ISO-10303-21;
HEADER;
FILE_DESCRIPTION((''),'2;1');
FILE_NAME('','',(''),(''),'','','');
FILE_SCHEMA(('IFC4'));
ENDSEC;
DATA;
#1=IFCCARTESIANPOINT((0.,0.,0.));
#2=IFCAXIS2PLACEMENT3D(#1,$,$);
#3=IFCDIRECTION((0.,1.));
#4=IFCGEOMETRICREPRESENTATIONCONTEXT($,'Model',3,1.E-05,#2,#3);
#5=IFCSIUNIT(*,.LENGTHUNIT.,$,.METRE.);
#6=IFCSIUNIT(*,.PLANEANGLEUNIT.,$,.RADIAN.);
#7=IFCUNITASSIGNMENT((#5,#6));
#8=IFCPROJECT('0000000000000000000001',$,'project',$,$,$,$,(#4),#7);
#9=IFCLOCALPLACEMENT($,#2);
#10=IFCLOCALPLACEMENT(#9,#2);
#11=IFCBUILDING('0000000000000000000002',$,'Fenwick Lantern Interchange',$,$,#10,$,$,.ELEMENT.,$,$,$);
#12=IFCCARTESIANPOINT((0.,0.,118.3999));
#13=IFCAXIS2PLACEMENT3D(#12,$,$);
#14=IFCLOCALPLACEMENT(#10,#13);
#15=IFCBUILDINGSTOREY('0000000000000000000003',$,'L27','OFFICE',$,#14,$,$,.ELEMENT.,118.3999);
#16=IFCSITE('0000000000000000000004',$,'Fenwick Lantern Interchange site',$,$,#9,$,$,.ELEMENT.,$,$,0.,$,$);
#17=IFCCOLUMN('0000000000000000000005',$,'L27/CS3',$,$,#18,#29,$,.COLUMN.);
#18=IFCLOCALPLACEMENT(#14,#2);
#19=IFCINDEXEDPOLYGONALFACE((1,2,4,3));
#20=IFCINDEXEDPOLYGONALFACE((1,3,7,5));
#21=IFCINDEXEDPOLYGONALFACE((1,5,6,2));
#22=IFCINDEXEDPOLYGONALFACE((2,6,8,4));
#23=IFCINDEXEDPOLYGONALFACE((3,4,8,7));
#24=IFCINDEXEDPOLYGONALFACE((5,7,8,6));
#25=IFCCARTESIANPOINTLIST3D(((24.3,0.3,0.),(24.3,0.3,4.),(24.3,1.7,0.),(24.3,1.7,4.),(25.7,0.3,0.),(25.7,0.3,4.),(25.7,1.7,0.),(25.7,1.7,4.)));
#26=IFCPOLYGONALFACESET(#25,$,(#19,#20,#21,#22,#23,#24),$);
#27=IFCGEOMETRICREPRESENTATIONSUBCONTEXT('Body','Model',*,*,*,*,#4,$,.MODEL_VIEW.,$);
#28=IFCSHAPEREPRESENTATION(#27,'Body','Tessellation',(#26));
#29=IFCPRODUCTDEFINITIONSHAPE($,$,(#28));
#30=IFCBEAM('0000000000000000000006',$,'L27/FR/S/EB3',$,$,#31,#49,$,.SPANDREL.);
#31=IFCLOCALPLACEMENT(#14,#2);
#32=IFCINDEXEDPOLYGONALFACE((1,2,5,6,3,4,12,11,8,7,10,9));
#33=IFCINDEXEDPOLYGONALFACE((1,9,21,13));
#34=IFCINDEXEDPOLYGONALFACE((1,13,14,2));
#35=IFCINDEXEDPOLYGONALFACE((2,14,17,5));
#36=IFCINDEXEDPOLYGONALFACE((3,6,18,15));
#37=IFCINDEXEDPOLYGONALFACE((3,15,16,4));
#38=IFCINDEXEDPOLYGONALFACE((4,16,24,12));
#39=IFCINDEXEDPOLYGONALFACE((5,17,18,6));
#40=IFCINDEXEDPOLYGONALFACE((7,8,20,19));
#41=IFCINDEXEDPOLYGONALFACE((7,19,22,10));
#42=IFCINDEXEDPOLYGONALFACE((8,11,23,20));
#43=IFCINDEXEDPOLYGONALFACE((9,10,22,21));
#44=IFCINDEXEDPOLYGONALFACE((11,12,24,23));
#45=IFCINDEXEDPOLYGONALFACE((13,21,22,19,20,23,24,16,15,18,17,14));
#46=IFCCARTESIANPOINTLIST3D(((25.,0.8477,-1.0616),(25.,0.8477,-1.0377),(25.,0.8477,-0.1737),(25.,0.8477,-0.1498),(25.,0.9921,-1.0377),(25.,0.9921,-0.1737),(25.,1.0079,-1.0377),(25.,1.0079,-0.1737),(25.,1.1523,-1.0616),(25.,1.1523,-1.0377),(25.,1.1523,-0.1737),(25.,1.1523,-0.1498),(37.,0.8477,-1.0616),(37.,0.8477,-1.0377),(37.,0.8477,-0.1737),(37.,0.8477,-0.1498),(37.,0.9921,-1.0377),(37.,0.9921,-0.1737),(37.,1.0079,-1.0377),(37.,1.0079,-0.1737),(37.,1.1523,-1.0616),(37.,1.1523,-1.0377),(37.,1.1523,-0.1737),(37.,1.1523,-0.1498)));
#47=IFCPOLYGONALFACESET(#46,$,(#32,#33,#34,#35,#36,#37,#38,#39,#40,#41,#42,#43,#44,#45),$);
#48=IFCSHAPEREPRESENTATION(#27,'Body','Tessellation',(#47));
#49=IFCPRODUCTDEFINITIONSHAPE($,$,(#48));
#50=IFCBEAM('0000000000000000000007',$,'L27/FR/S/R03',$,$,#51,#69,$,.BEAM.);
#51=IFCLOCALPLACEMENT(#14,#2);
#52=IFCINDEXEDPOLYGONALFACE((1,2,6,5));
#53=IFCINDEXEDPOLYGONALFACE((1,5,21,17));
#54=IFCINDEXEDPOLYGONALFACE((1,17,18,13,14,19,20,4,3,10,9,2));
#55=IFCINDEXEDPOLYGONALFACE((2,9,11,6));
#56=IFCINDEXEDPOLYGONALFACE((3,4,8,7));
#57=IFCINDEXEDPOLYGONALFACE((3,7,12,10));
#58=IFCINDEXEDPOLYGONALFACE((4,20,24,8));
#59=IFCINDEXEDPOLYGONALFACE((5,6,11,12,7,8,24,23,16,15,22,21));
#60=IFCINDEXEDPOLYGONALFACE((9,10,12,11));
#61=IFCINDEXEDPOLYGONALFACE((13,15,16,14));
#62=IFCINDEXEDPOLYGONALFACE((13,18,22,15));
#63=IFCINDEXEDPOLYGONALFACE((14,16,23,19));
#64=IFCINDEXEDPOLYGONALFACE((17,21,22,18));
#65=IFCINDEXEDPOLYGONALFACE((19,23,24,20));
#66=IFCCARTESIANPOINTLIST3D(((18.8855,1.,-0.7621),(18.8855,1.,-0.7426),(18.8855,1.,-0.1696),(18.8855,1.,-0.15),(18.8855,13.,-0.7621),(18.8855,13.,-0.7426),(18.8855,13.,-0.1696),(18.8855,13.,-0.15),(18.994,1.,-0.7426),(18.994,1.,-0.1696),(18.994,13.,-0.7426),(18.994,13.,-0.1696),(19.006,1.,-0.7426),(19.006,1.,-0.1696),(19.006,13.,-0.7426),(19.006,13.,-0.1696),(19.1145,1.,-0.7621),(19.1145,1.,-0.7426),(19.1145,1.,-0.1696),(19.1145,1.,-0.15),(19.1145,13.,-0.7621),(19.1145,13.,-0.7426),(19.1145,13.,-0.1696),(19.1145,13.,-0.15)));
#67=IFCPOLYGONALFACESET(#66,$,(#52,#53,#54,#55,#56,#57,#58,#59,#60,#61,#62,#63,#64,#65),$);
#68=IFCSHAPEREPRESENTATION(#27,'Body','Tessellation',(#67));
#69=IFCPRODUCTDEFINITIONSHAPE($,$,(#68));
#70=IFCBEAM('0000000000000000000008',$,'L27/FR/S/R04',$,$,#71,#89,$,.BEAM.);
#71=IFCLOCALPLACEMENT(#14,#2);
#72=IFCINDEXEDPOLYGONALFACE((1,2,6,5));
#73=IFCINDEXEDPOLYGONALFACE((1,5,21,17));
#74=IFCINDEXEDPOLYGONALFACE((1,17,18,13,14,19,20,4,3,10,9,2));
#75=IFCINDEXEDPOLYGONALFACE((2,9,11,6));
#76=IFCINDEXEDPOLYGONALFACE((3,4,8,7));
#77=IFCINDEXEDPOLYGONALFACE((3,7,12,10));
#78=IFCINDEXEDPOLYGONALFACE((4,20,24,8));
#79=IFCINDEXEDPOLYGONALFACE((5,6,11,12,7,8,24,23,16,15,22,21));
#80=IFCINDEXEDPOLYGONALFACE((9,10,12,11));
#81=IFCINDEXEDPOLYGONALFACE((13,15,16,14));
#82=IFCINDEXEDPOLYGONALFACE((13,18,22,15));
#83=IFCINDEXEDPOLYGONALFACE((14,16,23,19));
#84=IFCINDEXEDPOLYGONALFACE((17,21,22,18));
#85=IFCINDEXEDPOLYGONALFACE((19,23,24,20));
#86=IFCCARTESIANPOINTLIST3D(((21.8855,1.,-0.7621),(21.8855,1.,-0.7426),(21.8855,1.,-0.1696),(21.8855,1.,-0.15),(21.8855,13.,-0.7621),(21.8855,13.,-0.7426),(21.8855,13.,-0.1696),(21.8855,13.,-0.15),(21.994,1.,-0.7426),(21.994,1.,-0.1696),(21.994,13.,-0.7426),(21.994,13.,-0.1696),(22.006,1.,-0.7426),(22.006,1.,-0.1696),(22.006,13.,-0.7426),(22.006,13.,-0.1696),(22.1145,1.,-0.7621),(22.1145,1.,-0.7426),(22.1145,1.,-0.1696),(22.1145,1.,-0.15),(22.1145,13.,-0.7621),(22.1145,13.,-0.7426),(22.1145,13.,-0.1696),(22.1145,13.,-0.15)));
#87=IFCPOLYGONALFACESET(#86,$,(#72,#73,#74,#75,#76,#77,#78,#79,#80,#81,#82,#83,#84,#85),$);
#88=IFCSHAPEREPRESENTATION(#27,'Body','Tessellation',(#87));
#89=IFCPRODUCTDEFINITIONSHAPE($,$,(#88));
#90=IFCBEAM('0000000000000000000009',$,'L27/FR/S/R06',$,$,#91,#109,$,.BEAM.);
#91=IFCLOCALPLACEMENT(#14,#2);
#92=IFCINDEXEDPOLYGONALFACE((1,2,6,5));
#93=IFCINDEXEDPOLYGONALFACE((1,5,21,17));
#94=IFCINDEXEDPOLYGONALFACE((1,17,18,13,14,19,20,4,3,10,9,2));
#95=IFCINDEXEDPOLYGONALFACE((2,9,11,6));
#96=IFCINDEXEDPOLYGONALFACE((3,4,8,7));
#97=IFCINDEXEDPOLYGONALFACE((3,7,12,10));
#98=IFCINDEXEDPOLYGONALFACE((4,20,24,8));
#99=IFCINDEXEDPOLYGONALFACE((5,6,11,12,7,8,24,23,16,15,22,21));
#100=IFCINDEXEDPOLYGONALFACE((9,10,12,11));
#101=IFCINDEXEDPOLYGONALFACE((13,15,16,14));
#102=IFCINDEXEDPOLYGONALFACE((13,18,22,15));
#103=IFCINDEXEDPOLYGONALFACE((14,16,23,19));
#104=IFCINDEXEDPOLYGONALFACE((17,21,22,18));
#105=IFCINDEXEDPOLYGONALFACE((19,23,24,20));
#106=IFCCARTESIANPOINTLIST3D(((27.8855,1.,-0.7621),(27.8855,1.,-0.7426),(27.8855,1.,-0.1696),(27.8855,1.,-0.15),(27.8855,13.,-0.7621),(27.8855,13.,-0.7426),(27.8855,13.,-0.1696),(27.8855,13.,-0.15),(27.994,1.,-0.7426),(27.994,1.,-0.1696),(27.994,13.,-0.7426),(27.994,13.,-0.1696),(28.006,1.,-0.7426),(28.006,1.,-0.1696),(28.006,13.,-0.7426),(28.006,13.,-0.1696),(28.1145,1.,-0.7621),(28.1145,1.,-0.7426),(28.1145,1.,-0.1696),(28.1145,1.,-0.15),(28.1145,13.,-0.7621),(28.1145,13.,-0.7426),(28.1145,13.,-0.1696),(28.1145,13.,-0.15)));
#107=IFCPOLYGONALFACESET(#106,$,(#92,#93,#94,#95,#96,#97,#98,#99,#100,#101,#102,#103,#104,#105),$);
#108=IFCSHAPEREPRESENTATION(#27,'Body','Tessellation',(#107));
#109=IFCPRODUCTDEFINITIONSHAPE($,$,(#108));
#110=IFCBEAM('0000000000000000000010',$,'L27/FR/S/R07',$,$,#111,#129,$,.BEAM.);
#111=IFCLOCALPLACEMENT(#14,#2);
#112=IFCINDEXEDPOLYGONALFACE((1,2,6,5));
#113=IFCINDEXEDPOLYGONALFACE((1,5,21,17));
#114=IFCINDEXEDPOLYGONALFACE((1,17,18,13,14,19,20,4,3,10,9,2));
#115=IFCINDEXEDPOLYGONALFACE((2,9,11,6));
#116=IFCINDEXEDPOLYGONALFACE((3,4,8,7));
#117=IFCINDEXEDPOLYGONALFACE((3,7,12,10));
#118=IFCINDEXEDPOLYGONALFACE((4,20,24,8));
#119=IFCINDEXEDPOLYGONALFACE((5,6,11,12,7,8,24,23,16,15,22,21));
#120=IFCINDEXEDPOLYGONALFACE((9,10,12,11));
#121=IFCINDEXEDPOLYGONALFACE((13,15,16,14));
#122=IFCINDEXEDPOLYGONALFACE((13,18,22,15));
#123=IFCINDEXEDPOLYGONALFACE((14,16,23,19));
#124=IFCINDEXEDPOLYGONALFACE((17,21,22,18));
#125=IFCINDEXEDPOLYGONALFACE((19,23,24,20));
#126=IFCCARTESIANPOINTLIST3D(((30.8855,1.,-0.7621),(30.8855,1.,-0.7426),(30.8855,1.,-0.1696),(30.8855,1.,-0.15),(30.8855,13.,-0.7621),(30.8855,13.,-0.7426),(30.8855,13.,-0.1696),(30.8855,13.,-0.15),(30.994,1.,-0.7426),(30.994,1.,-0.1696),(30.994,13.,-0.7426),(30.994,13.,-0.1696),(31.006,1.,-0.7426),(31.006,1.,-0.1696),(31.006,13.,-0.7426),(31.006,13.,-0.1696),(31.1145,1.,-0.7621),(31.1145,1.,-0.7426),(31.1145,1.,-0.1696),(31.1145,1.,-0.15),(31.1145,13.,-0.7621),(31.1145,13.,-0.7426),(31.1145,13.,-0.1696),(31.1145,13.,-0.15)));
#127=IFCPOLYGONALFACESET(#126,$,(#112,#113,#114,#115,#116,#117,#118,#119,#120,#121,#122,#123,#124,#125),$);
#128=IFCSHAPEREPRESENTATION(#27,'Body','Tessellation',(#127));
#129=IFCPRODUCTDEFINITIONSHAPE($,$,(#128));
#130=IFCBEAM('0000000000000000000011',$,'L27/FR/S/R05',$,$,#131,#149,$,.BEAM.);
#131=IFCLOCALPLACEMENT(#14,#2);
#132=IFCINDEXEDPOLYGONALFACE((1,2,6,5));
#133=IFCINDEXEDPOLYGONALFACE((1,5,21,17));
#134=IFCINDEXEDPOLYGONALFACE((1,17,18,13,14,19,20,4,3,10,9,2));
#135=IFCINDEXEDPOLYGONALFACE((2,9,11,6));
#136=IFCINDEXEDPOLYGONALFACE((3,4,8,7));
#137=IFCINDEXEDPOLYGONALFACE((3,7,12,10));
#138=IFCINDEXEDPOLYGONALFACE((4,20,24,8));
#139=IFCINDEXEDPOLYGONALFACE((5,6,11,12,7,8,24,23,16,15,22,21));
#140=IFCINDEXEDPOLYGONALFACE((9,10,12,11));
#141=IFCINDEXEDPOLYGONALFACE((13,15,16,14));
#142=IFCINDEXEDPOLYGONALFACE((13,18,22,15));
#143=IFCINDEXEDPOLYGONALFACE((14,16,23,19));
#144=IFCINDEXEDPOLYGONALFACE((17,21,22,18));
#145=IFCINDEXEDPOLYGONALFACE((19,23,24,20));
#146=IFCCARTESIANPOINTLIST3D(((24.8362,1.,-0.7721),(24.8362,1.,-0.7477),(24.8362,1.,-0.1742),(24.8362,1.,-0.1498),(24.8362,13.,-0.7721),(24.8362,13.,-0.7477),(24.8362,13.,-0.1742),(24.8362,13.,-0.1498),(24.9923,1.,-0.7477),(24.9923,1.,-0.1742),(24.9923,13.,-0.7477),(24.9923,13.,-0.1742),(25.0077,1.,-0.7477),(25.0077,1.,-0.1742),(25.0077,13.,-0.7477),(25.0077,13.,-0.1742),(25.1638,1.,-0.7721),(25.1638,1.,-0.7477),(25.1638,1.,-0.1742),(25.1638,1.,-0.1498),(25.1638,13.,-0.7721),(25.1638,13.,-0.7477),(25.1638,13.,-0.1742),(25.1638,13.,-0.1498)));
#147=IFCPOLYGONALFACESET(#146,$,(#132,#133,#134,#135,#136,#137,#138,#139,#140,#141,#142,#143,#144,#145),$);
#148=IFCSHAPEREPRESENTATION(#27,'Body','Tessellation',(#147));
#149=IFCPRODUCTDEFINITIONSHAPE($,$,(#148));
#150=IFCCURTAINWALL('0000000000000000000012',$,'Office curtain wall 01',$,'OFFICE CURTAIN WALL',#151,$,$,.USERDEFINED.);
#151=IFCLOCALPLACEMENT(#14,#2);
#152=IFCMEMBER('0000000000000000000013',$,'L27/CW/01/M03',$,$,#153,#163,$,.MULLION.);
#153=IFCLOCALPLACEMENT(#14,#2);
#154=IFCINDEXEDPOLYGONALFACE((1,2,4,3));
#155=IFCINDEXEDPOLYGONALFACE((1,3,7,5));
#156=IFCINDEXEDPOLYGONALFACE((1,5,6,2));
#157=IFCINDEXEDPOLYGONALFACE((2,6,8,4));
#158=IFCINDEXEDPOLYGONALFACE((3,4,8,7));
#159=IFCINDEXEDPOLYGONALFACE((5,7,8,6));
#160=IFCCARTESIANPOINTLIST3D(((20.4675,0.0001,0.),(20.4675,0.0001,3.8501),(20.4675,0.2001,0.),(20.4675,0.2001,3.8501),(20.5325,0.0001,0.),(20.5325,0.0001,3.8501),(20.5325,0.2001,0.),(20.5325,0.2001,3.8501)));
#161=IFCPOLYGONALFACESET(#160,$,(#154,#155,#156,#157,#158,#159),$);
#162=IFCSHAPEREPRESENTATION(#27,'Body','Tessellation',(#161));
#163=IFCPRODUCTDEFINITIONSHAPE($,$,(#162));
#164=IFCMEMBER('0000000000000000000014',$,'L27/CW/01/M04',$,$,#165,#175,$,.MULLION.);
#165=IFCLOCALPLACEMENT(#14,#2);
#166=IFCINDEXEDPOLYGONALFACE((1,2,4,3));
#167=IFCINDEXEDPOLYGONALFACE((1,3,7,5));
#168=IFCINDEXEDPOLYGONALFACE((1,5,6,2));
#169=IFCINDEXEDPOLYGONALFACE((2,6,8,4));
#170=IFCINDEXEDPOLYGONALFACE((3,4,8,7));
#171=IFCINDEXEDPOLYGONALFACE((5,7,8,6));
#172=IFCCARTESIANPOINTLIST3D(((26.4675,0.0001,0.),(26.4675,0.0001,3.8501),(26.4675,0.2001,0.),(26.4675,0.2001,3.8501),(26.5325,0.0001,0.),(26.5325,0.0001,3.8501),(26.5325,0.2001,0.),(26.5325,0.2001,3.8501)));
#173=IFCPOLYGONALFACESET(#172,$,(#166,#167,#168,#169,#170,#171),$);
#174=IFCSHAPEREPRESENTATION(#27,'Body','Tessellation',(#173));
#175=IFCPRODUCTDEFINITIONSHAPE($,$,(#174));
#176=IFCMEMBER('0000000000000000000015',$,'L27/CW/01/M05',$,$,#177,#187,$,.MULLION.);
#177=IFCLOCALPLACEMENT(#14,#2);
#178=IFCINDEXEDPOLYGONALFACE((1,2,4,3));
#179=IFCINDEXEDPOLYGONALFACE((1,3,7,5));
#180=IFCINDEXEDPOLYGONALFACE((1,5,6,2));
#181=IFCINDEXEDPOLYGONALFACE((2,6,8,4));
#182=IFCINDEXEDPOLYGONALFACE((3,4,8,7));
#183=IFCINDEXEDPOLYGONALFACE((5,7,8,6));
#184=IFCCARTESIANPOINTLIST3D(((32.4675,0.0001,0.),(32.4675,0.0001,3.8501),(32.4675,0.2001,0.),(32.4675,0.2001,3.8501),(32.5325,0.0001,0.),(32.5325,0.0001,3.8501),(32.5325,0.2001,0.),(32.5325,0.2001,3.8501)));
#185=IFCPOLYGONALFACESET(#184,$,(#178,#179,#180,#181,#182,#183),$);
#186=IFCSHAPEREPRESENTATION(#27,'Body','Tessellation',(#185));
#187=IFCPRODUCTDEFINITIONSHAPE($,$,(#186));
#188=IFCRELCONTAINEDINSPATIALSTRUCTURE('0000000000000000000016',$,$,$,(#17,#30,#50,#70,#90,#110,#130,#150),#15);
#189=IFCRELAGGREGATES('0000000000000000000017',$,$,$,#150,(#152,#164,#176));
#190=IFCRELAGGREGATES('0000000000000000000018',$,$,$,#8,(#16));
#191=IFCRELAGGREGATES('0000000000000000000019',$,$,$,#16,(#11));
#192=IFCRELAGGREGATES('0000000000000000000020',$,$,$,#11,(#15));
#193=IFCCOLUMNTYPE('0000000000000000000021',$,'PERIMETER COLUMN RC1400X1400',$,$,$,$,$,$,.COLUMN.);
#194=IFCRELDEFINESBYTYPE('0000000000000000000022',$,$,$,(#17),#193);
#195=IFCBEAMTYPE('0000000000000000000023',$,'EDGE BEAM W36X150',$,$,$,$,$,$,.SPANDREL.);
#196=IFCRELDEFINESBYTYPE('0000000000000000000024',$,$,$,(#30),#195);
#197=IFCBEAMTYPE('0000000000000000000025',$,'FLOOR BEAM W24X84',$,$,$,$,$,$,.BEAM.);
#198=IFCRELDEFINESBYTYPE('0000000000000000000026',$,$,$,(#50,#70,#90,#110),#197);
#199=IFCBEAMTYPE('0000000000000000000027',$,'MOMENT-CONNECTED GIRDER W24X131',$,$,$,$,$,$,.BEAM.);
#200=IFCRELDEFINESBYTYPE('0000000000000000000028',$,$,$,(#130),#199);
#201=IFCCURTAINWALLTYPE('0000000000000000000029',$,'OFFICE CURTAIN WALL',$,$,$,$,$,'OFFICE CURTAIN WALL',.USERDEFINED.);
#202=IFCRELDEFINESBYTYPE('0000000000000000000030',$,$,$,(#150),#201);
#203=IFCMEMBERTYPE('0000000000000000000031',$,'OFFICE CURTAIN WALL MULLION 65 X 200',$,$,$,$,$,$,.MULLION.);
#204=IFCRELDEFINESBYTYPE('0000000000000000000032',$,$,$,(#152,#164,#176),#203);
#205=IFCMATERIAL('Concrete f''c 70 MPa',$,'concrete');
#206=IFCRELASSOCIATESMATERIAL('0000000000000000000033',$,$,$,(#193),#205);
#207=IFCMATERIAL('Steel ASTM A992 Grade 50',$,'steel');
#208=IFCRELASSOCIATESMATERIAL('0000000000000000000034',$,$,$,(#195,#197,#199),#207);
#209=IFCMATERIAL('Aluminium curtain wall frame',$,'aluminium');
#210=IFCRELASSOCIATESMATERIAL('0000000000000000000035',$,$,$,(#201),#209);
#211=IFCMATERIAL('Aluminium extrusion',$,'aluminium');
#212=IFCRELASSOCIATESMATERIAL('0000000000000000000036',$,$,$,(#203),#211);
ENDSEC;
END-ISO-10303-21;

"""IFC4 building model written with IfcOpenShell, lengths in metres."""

from ifc_helpers import new_model, si_unit, direction, frame, origin, origin_2d, place, context, subcontext, project, spatial, rectangle, i_section, extrude, material, material_profile, profile_set, type_object, element, aggregate, save


model = new_model("IFC4")

# Units and contexts
model_context = context("Model", 3, precision=1e-05, world=origin(), true_north=direction((0.0, 1.0)))
body_context = subcontext(model_context, "Body", "Model", "MODEL_VIEW")
ifc_project = project(units=[si_unit("LENGTHUNIT", "METRE"), si_unit("PLANEANGLEUNIT", "RADIAN")], contexts=[model_context])

# Site, building, storey
site_placement = place(None, origin())
site = spatial("IfcSite", under=ifc_project, at=site_placement, Name="Fenwick Lantern Interchange site", CompositionType="ELEMENT", RefElevation=0.0)
building_placement = place(site_placement, origin())
building = spatial("IfcBuilding", under=site, at=building_placement, Name="Fenwick Lantern Interchange", CompositionType="ELEMENT")
storey_placement = place(building_placement, frame((0.0, 0.0, 118.3999)))
storey = spatial("IfcBuildingStorey", under=building, at=storey_placement, Name="L27", Description="OFFICE", CompositionType="ELEMENT", Elevation=118.3999)

# Column
ifc_material_1 = material(Name="Concrete f'c 70 MPa", Category="concrete")
ifc_material_profile_1 = material_profile(ifc_material_1, rectangle(XDim=1.3999, YDim=1.3999, at=origin_2d()), Name="RC1400X1400")
ifc_profile_set_1 = profile_set([ifc_material_profile_1], Name="Concrete f'c 70 MPa")
column_type = type_object("IfcColumnType", Name="PERIMETER COLUMN RC1400X1400", PredefinedType="COLUMN", material=ifc_profile_set_1)
column_placement = place(storey_placement, frame((25.0, 1.0, 0.0), z_axis=(0.0, 0.0, 1.0), x_axis=(1.0, 0.0, 0.0)))
element("IfcColumn", 1, at=column_placement, inside=storey, type_object=column_type, Name="L27/CS3", PredefinedType="COLUMN", context=body_context, shape_type="SweptSolid", body=[
    extrude(rectangle(XDim=1.3999, YDim=1.3999, at=origin_2d()), origin(), (0.0, 0.0, 1.0), 4.0),
])

# Beams
ifc_material_2 = material(Name="Steel ASTM A992 Grade 50", Category="steel")
ifc_material_profile_2 = material_profile(ifc_material_2, i_section(OverallWidth=0.3047, OverallDepth=0.9119, WebThickness=0.0159, FlangeThickness=0.0239, at=origin_2d()), Name="W36X150")
ifc_profile_set_2 = profile_set([ifc_material_profile_2], Name="Steel ASTM A992 Grade 50")
beam_type_1 = type_object("IfcBeamType", Name="EDGE BEAM W36X150", PredefinedType="SPANDREL", material=ifc_profile_set_2)
beam_1_placement = place(storey_placement, frame((25.0, 1.0, -0.6057), z_axis=(1.0, 0.0, 0.0), x_axis=(0.0, 1.0, 0.0)))
element("IfcBeam", 2, at=beam_1_placement, inside=storey, type_object=beam_type_1, Name="L27/FR/S/EB3", PredefinedType="SPANDREL", context=body_context, shape_type="SweptSolid", body=[
    extrude(i_section(OverallWidth=0.3047, OverallDepth=0.9119, WebThickness=0.0159, FlangeThickness=0.0239, at=origin_2d()), origin(), (0.0, 0.0, 1.0), 12.0),
])
ifc_material_profile_3 = material_profile(ifc_material_2, i_section(OverallWidth=0.229, OverallDepth=0.6121, WebThickness=0.012, FlangeThickness=0.0195, at=origin_2d()), Name="W24X84")
ifc_profile_set_3 = profile_set([ifc_material_profile_3], Name="Steel ASTM A992 Grade 50")
beam_type_2 = type_object("IfcBeamType", Name="FLOOR BEAM W24X84", PredefinedType="BEAM", material=ifc_profile_set_3)
for number, where, z_axis, x_axis, name in (
    (3, (19.0, 1.0, -0.4561), (0.0, 1.0, 0.0), (-1.0, 0.0, 0.0), "L27/FR/S/R03"),
    (4, (22.0, 1.0, -0.4561), (0.0, 1.0, 0.0), (-1.0, 0.0, 0.0), "L27/FR/S/R04"),
    (5, (28.0, 1.0, -0.4561), (0.0, 1.0, 0.0), (-1.0, 0.0, 0.0), "L27/FR/S/R06"),
    (6, (31.0, 1.0, -0.4561), (0.0, 1.0, 0.0), (-1.0, 0.0, 0.0), "L27/FR/S/R07"),
):
    element("IfcBeam", number, at=place(storey_placement, frame(where, z_axis=z_axis, x_axis=x_axis)), inside=storey, type_object=beam_type_2, Name=name, PredefinedType="BEAM", context=body_context, shape_type="SweptSolid", body=[
        extrude(i_section(OverallWidth=0.229, OverallDepth=0.6121, WebThickness=0.012, FlangeThickness=0.0195, at=origin_2d()), origin(), (0.0, 0.0, 1.0), 12.0),
    ])
ifc_material_profile_4 = material_profile(ifc_material_2, i_section(OverallWidth=0.3276, OverallDepth=0.6223, WebThickness=0.0154, FlangeThickness=0.0244, at=origin_2d()), Name="W24X131")
ifc_profile_set_4 = profile_set([ifc_material_profile_4], Name="Steel ASTM A992 Grade 50")
beam_type_3 = type_object("IfcBeamType", Name="MOMENT-CONNECTED GIRDER W24X131", PredefinedType="BEAM", material=ifc_profile_set_4)
beam_2_placement = place(storey_placement, frame((25.0, 1.0, -0.4609), z_axis=(0.0, 1.0, 0.0), x_axis=(-1.0, 0.0, 0.0)))
element("IfcBeam", 7, at=beam_2_placement, inside=storey, type_object=beam_type_3, Name="L27/FR/S/R05", PredefinedType="BEAM", context=body_context, shape_type="SweptSolid", body=[
    extrude(i_section(OverallWidth=0.3276, OverallDepth=0.6223, WebThickness=0.0154, FlangeThickness=0.0244, at=origin_2d()), origin(), (0.0, 0.0, 1.0), 12.0),
])

# Curtain wall, members
ifc_material_3 = material(Name="Aluminium curtain wall frame", Category="aluminium")
curtain_wall_type = type_object("IfcCurtainWallType", Name="OFFICE CURTAIN WALL", ElementType="OFFICE CURTAIN WALL", PredefinedType="USERDEFINED", material=ifc_material_3)
curtain_wall_placement = place(storey_placement, origin())
curtain_wall = element("IfcCurtainWall", 8, at=curtain_wall_placement, inside=storey, type_object=curtain_wall_type, Name="Office curtain wall 01", ObjectType="OFFICE CURTAIN WALL", PredefinedType="USERDEFINED")
ifc_material_4 = material(Name="Aluminium extrusion", Category="aluminium")
ifc_material_profile_5 = material_profile(ifc_material_4, rectangle(XDim=0.2, YDim=0.0649, at=origin_2d()), Name="OFFICE CURTAIN WALL MULLION 65 X 200")
ifc_profile_set_5 = profile_set([ifc_material_profile_5], Name="Aluminium extrusion")
member_type_1 = type_object("IfcMemberType", Name="OFFICE CURTAIN WALL MULLION 65 X 200", PredefinedType="MULLION", material=ifc_profile_set_5)
member_1_placement = place(storey_placement, frame((20.5, 0.1001, 0.0), z_axis=(0.0, 0.0, 1.0), x_axis=(0.0, 1.0, 0.0)))
member_1 = element("IfcMember", 9, at=member_1_placement, type_object=member_type_1, Name="L27/CW/01/M03", PredefinedType="MULLION", context=body_context, shape_type="SweptSolid", body=[
    extrude(rectangle(XDim=0.2, YDim=0.0649, at=origin_2d()), origin(), (0.0, 0.0, 1.0), 3.8501),
])
member_2_placement = place(storey_placement, frame((26.5, 0.1001, 0.0), z_axis=(0.0, 0.0, 1.0), x_axis=(0.0, 1.0, 0.0)))
member_2 = element("IfcMember", 10, at=member_2_placement, type_object=member_type_1, Name="L27/CW/01/M04", PredefinedType="MULLION", context=body_context, shape_type="SweptSolid", body=[
    extrude(rectangle(XDim=0.2, YDim=0.0649, at=origin_2d()), origin(), (0.0, 0.0, 1.0), 3.8501),
])
member_3_placement = place(storey_placement, frame((32.5, 0.1001, 0.0), z_axis=(0.0, 0.0, 1.0), x_axis=(0.0, 1.0, 0.0)))
member_3 = element("IfcMember", 11, at=member_3_placement, type_object=member_type_1, Name="L27/CW/01/M05", PredefinedType="MULLION", context=body_context, shape_type="SweptSolid", body=[
    extrude(rectangle(XDim=0.2, YDim=0.0649, at=origin_2d()), origin(), (0.0, 0.0, 1.0), 3.8501),
])
aggregate(curtain_wall, [member_1, member_2, member_3])

save(model, "model.ifc")
